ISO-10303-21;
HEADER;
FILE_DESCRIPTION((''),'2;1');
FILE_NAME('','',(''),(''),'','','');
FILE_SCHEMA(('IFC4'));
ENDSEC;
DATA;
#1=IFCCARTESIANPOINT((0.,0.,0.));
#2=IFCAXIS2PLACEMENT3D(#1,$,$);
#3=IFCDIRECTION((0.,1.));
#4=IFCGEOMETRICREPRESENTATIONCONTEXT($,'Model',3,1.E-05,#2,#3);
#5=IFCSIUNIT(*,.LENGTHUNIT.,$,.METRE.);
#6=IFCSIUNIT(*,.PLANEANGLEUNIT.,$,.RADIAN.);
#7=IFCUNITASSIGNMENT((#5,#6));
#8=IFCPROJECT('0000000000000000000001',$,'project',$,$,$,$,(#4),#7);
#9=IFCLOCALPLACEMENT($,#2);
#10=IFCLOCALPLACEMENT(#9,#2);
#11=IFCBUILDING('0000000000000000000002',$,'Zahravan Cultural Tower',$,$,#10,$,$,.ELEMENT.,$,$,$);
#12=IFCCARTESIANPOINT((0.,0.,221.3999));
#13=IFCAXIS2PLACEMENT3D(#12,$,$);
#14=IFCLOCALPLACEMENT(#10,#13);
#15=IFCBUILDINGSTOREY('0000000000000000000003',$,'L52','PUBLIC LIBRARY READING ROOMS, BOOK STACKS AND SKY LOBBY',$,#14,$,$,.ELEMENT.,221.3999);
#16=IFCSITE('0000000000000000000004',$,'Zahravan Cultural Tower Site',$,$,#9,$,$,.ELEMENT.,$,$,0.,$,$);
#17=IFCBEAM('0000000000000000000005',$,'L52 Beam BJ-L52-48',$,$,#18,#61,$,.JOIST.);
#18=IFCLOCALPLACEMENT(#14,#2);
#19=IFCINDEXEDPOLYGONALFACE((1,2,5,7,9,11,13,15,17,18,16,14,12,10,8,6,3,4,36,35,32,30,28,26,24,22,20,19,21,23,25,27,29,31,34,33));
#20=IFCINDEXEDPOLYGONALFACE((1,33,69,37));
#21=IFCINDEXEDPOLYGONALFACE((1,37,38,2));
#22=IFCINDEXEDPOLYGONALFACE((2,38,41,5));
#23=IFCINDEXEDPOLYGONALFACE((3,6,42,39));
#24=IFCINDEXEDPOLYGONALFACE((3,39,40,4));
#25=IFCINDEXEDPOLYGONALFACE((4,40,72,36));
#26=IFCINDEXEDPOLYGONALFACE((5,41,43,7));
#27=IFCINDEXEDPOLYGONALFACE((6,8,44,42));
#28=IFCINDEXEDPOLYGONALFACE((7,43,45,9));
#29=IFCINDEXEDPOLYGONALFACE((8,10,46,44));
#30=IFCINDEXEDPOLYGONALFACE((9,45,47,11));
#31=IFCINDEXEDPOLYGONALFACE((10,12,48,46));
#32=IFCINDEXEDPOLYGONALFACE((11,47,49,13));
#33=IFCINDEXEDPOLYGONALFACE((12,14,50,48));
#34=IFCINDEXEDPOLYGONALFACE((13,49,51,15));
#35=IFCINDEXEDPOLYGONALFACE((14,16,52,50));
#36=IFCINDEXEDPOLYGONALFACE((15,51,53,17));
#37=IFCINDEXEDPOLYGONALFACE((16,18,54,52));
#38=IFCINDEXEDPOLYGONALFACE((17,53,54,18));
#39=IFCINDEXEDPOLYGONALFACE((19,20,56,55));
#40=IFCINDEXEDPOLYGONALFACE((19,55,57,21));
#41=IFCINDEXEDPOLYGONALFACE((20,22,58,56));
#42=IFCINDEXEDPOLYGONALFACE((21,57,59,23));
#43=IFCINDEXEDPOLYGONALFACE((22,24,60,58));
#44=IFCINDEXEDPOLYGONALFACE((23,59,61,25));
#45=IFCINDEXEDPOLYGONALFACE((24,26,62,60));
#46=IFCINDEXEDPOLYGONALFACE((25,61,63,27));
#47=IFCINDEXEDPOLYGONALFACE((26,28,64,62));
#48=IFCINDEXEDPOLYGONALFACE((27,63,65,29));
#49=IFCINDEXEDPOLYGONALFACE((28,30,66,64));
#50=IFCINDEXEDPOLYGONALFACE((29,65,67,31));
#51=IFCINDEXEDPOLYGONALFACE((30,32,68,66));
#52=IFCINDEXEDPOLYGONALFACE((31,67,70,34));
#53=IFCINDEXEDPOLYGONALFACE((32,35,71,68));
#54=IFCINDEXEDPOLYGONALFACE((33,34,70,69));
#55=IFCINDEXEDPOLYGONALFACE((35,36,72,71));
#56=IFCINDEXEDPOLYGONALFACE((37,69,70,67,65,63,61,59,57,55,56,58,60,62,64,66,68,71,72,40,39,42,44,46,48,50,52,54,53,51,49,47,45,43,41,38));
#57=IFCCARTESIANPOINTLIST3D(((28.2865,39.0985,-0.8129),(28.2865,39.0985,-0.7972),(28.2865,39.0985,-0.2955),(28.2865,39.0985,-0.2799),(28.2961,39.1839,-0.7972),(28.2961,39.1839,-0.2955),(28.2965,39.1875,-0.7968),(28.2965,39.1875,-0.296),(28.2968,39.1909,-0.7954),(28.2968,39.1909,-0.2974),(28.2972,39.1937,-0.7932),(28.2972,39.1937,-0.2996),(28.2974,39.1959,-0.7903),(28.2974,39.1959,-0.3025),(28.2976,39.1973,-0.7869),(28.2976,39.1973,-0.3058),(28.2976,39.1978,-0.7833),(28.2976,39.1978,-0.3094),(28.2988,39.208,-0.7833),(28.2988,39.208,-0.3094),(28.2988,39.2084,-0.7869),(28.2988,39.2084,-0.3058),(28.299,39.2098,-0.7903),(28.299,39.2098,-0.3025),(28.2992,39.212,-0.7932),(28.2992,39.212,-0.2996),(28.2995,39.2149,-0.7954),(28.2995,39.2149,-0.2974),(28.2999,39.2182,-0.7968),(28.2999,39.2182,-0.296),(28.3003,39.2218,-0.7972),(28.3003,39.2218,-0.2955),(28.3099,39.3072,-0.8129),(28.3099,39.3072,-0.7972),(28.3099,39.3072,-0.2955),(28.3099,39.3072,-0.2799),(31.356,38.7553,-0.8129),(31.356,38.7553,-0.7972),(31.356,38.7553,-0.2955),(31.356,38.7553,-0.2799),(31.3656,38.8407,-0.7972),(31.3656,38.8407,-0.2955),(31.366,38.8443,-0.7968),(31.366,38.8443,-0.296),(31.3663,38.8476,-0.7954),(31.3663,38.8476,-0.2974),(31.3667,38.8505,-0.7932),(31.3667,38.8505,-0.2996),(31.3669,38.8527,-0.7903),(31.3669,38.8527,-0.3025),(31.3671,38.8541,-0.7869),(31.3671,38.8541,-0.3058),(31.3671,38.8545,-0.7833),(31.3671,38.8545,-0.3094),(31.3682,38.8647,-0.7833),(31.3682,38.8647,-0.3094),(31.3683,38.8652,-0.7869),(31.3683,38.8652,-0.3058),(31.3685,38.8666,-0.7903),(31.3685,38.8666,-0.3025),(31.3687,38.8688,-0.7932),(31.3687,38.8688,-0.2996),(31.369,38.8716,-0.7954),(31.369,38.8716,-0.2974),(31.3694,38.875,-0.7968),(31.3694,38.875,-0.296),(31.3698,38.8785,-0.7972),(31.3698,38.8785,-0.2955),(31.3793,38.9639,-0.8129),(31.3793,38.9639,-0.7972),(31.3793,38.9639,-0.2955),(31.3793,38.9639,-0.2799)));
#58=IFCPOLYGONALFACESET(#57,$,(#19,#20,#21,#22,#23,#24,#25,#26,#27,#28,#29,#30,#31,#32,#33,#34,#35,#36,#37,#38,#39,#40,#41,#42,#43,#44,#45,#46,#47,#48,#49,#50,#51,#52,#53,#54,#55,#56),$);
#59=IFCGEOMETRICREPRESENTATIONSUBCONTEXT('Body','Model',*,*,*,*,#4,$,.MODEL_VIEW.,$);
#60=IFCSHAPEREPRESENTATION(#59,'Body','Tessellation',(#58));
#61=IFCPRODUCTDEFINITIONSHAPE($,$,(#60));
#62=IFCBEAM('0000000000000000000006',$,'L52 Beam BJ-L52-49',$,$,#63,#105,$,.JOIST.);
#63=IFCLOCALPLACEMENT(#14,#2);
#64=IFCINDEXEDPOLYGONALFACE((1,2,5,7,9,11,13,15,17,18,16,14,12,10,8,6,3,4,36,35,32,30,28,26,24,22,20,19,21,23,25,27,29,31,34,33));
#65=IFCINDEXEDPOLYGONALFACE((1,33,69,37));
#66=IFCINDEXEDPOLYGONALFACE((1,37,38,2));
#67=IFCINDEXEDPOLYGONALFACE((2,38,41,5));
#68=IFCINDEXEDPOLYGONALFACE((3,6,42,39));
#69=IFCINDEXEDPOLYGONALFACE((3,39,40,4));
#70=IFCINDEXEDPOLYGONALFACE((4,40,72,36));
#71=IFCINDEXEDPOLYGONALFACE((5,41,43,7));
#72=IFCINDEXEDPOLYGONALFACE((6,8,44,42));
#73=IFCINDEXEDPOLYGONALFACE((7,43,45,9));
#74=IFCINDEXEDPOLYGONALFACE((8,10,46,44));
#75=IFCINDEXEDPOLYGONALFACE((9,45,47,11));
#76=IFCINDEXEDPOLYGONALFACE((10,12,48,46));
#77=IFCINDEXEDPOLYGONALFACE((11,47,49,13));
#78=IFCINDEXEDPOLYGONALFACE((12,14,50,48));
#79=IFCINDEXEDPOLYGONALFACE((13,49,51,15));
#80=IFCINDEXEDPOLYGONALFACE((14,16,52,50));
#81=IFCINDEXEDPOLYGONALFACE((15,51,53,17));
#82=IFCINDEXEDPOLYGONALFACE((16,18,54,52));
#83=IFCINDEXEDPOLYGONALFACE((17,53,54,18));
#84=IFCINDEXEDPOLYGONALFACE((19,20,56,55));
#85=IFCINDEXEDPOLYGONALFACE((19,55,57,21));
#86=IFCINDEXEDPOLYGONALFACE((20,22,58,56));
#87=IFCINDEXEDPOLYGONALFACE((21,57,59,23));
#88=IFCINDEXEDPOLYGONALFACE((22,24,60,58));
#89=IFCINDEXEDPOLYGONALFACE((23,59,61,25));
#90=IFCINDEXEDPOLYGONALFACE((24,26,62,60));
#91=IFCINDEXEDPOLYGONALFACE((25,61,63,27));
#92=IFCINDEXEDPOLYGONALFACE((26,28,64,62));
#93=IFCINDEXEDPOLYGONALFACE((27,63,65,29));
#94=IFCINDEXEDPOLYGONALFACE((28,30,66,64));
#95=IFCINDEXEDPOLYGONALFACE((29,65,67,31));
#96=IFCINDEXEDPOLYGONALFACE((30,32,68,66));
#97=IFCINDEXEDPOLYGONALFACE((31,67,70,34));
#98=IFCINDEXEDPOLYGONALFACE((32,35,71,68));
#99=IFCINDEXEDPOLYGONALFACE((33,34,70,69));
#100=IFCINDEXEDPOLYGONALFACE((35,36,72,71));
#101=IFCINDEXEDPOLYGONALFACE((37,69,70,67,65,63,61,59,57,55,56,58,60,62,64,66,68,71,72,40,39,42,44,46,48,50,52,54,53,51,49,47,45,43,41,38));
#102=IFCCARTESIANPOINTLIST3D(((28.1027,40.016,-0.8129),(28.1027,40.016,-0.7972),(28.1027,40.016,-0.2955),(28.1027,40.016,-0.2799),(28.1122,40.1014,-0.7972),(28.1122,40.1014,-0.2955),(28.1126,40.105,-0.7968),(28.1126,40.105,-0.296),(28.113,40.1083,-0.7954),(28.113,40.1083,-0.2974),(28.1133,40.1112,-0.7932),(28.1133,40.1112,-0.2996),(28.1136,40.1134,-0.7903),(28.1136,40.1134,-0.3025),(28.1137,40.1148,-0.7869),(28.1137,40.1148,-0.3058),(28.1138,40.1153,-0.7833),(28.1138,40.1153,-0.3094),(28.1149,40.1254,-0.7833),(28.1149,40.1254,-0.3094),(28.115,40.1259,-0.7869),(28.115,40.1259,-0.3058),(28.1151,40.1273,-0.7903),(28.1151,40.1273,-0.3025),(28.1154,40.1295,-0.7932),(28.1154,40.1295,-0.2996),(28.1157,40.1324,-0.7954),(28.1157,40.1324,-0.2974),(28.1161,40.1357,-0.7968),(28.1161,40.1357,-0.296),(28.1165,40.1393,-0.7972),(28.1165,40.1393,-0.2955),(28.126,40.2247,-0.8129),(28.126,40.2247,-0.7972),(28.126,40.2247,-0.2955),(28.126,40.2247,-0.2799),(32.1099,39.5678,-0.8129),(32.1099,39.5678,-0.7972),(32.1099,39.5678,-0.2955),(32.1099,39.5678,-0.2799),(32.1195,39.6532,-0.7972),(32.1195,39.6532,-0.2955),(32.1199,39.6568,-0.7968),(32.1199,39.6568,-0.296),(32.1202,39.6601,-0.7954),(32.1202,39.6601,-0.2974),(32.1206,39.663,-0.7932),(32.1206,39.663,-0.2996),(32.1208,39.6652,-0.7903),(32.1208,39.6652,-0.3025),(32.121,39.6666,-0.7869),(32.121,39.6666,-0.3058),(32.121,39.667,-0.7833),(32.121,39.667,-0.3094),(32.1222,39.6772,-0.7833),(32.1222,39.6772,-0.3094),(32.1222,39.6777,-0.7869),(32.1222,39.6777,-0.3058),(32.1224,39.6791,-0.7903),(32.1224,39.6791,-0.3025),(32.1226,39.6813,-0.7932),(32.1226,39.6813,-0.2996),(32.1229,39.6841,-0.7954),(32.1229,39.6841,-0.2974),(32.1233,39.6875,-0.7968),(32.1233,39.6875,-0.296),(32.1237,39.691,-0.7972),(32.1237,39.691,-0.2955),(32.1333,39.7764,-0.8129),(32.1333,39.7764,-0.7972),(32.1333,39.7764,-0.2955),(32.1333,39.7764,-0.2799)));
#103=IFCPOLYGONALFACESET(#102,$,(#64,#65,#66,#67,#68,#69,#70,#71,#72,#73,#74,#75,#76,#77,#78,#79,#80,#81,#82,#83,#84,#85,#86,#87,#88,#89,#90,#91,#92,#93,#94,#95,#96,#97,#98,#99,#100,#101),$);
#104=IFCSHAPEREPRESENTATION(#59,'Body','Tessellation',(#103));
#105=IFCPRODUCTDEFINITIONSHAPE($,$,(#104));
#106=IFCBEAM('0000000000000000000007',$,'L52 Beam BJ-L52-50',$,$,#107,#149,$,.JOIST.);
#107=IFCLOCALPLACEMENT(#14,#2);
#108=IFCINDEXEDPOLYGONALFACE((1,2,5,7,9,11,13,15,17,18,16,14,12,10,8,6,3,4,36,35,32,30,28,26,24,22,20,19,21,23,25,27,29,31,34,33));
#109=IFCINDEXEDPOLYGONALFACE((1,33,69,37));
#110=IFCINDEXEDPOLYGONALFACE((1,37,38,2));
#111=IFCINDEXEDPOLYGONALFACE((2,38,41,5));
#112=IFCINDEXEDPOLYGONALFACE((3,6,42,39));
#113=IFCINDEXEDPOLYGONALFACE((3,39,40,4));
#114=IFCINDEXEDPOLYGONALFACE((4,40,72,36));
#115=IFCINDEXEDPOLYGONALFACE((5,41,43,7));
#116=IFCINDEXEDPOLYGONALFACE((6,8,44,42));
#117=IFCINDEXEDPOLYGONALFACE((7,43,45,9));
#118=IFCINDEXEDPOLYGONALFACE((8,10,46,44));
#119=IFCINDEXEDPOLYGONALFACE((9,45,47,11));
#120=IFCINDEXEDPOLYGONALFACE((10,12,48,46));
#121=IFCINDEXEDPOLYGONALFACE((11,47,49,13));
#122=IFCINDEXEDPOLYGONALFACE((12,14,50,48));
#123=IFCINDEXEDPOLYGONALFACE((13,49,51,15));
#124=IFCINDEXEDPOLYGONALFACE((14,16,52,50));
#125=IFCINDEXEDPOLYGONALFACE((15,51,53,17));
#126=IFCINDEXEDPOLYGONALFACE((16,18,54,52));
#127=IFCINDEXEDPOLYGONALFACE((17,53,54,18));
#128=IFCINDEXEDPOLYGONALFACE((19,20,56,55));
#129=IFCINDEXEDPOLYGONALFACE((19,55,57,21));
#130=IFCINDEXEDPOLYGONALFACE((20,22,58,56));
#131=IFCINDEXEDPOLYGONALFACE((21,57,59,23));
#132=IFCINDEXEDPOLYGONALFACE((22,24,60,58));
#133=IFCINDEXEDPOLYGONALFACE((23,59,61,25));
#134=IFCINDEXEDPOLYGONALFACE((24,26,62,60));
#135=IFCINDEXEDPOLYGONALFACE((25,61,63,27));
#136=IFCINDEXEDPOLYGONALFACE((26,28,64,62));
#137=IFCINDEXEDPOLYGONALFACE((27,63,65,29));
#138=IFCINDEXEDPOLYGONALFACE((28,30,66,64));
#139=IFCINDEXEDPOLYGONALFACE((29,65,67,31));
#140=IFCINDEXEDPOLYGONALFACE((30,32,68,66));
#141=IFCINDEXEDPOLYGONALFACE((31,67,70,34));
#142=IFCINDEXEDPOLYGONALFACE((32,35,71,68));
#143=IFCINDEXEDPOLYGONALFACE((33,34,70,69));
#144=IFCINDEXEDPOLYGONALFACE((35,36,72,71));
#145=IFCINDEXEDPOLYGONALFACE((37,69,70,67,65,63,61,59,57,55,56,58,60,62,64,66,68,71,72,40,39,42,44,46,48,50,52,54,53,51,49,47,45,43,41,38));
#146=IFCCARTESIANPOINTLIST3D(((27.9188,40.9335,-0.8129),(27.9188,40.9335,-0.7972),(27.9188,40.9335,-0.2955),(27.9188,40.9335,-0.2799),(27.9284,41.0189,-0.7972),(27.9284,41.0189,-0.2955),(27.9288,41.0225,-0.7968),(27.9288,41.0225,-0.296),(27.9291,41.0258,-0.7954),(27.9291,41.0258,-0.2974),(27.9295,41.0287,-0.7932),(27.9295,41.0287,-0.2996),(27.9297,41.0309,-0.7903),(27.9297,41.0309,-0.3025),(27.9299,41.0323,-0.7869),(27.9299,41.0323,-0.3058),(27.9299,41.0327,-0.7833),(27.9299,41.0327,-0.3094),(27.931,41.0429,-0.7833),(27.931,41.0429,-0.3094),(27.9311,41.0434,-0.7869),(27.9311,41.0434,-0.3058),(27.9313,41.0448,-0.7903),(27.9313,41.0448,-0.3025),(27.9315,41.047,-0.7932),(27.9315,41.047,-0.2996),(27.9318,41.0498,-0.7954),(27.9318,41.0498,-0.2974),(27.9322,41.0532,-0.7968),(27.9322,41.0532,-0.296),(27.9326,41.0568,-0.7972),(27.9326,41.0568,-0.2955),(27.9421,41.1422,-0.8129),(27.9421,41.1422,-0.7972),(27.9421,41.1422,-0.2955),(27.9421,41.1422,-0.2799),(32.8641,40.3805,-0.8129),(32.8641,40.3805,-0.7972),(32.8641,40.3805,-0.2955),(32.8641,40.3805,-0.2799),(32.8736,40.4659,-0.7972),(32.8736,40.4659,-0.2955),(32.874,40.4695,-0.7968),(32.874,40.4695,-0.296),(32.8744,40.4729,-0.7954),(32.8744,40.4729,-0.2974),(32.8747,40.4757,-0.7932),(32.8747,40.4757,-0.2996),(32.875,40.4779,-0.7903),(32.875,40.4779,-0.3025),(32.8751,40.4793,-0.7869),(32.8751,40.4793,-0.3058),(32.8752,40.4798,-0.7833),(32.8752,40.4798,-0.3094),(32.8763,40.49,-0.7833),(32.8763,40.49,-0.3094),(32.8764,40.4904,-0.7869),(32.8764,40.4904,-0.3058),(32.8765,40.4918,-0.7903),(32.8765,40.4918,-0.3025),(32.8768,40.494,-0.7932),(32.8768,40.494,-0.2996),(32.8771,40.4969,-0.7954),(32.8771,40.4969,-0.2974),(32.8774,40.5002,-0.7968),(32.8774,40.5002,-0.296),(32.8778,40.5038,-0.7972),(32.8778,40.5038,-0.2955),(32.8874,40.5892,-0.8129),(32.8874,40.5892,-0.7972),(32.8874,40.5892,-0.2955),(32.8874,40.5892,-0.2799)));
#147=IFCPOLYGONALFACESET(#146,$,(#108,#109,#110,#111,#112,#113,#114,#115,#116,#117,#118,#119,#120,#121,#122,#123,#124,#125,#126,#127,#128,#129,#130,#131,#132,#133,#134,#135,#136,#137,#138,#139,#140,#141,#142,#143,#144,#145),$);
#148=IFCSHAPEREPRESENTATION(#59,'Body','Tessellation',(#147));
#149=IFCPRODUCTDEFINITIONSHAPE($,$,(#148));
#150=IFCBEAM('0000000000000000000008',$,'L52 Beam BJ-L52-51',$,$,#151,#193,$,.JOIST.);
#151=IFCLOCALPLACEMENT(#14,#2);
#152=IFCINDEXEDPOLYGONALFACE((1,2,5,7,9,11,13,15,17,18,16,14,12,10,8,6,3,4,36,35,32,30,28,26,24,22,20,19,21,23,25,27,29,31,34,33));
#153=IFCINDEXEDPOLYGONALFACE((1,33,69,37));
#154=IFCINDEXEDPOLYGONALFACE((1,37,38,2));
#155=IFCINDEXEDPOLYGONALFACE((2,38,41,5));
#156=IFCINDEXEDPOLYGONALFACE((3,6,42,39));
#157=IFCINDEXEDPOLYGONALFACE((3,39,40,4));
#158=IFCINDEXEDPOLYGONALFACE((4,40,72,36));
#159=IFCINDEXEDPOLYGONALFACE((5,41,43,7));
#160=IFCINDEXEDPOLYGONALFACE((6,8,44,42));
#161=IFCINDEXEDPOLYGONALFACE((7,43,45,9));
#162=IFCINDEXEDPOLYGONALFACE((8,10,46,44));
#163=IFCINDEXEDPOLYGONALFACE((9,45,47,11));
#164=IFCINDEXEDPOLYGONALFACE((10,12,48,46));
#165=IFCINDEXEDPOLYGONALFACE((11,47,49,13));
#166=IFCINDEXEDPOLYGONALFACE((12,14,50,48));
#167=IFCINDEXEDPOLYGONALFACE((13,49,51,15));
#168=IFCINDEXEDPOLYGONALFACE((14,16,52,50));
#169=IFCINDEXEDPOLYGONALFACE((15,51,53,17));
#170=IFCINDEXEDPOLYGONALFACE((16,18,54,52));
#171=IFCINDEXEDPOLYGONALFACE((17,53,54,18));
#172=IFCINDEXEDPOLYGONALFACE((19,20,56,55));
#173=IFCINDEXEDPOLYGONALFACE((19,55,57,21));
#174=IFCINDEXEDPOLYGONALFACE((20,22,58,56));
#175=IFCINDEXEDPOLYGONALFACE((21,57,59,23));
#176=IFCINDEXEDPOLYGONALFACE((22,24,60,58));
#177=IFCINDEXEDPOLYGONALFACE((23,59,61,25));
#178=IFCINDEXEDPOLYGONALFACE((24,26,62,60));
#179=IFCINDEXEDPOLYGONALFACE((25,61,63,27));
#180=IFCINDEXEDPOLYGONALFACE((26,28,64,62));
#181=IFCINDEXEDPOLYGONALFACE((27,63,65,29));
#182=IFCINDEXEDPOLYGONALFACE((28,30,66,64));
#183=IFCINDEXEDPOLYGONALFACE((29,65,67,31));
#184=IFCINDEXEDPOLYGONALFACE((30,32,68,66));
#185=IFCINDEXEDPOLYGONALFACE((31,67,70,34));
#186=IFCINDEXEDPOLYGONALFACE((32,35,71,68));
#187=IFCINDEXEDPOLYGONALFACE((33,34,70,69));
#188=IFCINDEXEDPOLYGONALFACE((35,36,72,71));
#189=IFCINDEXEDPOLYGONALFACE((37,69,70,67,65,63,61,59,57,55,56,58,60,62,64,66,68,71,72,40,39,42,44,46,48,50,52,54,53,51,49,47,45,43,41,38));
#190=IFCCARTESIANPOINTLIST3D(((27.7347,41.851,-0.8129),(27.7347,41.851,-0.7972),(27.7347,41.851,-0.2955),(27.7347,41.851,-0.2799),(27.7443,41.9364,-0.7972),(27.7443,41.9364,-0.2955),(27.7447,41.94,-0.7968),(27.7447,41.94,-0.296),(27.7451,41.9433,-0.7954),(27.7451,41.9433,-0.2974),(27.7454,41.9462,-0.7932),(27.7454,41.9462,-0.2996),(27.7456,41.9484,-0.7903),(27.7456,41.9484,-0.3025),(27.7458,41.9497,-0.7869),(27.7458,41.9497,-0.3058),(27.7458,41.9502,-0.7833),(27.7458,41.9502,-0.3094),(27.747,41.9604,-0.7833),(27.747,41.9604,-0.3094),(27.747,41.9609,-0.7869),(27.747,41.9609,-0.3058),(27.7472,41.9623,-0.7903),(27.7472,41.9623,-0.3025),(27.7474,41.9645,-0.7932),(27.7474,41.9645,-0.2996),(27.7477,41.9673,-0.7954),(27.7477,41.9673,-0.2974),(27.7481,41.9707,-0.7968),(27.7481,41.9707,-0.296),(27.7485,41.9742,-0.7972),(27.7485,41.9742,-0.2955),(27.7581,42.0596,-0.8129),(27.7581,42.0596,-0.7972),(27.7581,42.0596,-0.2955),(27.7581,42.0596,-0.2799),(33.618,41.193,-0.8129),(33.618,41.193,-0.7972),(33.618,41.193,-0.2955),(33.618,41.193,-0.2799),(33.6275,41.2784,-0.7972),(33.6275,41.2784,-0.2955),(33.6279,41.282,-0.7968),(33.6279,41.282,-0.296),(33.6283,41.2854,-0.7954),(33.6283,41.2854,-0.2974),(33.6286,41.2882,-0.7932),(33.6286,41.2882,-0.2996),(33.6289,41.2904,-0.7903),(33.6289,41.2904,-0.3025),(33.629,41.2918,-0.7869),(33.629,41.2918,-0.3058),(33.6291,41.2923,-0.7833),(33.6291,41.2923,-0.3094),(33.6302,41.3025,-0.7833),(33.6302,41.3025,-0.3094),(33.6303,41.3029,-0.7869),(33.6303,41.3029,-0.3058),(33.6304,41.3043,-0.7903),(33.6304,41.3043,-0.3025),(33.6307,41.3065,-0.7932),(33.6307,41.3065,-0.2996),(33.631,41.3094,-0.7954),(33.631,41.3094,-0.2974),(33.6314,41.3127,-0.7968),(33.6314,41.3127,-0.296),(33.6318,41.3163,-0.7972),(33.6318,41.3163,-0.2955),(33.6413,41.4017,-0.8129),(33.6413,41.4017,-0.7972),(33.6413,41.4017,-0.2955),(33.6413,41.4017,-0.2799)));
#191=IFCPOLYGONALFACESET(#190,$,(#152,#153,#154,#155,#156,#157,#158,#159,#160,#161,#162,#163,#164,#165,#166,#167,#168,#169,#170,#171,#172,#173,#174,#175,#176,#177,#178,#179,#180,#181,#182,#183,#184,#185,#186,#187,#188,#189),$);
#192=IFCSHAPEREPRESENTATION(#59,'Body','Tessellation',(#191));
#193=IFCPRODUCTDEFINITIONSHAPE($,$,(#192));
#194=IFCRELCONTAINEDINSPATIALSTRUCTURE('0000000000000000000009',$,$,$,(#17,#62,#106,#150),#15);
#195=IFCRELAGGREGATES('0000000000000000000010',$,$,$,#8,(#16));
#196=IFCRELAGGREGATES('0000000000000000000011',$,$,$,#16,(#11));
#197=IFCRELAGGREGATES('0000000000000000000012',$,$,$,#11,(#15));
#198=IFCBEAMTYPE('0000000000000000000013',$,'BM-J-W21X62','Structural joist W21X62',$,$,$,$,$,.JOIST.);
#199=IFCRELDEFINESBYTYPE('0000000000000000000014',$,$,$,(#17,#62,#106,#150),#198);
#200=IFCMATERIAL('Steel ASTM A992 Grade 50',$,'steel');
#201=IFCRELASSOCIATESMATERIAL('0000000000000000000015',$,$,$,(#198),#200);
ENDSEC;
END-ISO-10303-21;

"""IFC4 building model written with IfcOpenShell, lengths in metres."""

from ifc_helpers import new_model, si_unit, direction, frame, origin, origin_2d, place, context, subcontext, project, spatial, i_section, extrude, source, transform, mapped, material, material_profile, profile_set, type_object, element, save


model = new_model("IFC4")

# Units and contexts
model_context = context("Model", 3, precision=1e-05, world=origin(), true_north=direction((0.0, 1.0)))
body_context = subcontext(model_context, "Body", "Model", "MODEL_VIEW")
ifc_project = project(units=[si_unit("LENGTHUNIT", "METRE"), si_unit("PLANEANGLEUNIT", "RADIAN")], contexts=[model_context])

# Site, building, storey
site_placement = place(None, origin())
site = spatial("IfcSite", under=ifc_project, at=site_placement, Name="Zahravan Cultural Tower Site", CompositionType="ELEMENT", RefElevation=0.0)
building_placement = place(site_placement, origin())
building = spatial("IfcBuilding", under=site, at=building_placement, Name="Zahravan Cultural Tower", CompositionType="ELEMENT")
storey_placement = place(building_placement, frame((0.0, 0.0, 221.3999)))
storey = spatial("IfcBuildingStorey", under=building, at=storey_placement, Name="L52", Description="PUBLIC LIBRARY READING ROOMS, BOOK STACKS AND SKY LOBBY", CompositionType="ELEMENT", Elevation=221.3999)

# Shared definitions
ifc_material_1 = material(Name="Steel ASTM A992 Grade 50", Category="steel")

# Beams
ifc_material_profile_1 = material_profile(ifc_material_1, i_section(OverallWidth=0.21, OverallDepth=0.533, WebThickness=0.0103, FlangeThickness=0.0156, FilletRadius=0.0139, at=origin_2d()), Name="W21X62")
ifc_profile_set_1 = profile_set([ifc_material_profile_1], Name="Steel ASTM A992 Grade 50")
beam_type_1 = type_object("IfcBeamType", Name="BM-J-W21X62", Description="Structural joist W21X62", PredefinedType="JOIST", material=ifc_profile_set_1)
shared_shape_1 = source(origin(), body_context, "Body", "SweptSolid", [
    extrude(i_section(OverallWidth=0.21, OverallDepth=0.533, WebThickness=0.0103, FlangeThickness=0.0156, FilletRadius=0.0139, at=origin_2d()), origin(), (0.0, 0.0, 1.0), 3.0886),
])
beam_1_placement = place(storey_placement, frame((31.3677, 38.8596, -0.5464), z_axis=(-0.993805, 0.111134, 0.0), x_axis=(-0.111134, -0.993805, 0.0)))
element("IfcBeam", 1, at=beam_1_placement, inside=storey, type_object=beam_type_1, Name="L52 Beam BJ-L52-48", PredefinedType="JOIST", context=body_context, shape_type="MappedRepresentation", body=[
    mapped(shared_shape_1, transform((0.0, 0.0, 0.0), x_axis=(1.0, 0.0, 0.0), y_axis=(0.0, 1.0, 0.0), z_axis=(0.0, 0.0, 1.0), scale=1.0)),
])
shared_shape_2 = source(origin(), body_context, "Body", "SweptSolid", [
    extrude(i_section(OverallWidth=0.21, OverallDepth=0.533, WebThickness=0.0103, FlangeThickness=0.0156, FilletRadius=0.0139, at=origin_2d()), origin(), (0.0, 0.0, 1.0), 4.0322),
])
beam_2_placement = place(storey_placement, frame((32.1216, 39.6721, -0.5464), z_axis=(-0.993802, 0.111162, 0.0), x_axis=(-0.111162, -0.993802, 0.0)))
element("IfcBeam", 2, at=beam_2_placement, inside=storey, type_object=beam_type_1, Name="L52 Beam BJ-L52-49", PredefinedType="JOIST", context=body_context, shape_type="MappedRepresentation", body=[
    mapped(shared_shape_2, transform((0.0, 0.0, 0.0), x_axis=(1.0, 0.0, 0.0), y_axis=(0.0, 1.0, 0.0), z_axis=(0.0, 0.0, 1.0), scale=1.0)),
])
shared_shape_3 = source(origin(), body_context, "Body", "SweptSolid", [
    extrude(i_section(OverallWidth=0.21, OverallDepth=0.533, WebThickness=0.0103, FlangeThickness=0.0156, FilletRadius=0.0139, at=origin_2d()), origin(), (0.0, 0.0, 1.0), 4.9761),
])
beam_3_placement = place(storey_placement, frame((32.8757, 40.4849, -0.5464), z_axis=(-0.993806, 0.111126, 0.0), x_axis=(-0.111126, -0.993806, 0.0)))
element("IfcBeam", 3, at=beam_3_placement, inside=storey, type_object=beam_type_1, Name="L52 Beam BJ-L52-50", PredefinedType="JOIST", context=body_context, shape_type="MappedRepresentation", body=[
    mapped(shared_shape_3, transform((0.0, 0.0, 0.0), x_axis=(1.0, 0.0, 0.0), y_axis=(0.0, 1.0, 0.0), z_axis=(0.0, 0.0, 1.0), scale=1.0)),
])
shared_shape_4 = source(origin(), body_context, "Body", "SweptSolid", [
    extrude(i_section(OverallWidth=0.21, OverallDepth=0.533, WebThickness=0.0103, FlangeThickness=0.0156, FilletRadius=0.0139, at=origin_2d()), origin(), (0.0, 0.0, 1.0), 5.9199),
])
beam_4_placement = place(storey_placement, frame((33.6296, 41.2974, -0.5464), z_axis=(-0.993805, 0.111142, 0.0), x_axis=(-0.111142, -0.993805, 0.0)))
element("IfcBeam", 4, at=beam_4_placement, inside=storey, type_object=beam_type_1, Name="L52 Beam BJ-L52-51", PredefinedType="JOIST", context=body_context, shape_type="MappedRepresentation", body=[
    mapped(shared_shape_4, transform((0.0, 0.0, 0.0), x_axis=(1.0, 0.0, 0.0), y_axis=(0.0, 1.0, 0.0), z_axis=(0.0, 0.0, 1.0), scale=1.0)),
])

save(model, "model.ifc")
